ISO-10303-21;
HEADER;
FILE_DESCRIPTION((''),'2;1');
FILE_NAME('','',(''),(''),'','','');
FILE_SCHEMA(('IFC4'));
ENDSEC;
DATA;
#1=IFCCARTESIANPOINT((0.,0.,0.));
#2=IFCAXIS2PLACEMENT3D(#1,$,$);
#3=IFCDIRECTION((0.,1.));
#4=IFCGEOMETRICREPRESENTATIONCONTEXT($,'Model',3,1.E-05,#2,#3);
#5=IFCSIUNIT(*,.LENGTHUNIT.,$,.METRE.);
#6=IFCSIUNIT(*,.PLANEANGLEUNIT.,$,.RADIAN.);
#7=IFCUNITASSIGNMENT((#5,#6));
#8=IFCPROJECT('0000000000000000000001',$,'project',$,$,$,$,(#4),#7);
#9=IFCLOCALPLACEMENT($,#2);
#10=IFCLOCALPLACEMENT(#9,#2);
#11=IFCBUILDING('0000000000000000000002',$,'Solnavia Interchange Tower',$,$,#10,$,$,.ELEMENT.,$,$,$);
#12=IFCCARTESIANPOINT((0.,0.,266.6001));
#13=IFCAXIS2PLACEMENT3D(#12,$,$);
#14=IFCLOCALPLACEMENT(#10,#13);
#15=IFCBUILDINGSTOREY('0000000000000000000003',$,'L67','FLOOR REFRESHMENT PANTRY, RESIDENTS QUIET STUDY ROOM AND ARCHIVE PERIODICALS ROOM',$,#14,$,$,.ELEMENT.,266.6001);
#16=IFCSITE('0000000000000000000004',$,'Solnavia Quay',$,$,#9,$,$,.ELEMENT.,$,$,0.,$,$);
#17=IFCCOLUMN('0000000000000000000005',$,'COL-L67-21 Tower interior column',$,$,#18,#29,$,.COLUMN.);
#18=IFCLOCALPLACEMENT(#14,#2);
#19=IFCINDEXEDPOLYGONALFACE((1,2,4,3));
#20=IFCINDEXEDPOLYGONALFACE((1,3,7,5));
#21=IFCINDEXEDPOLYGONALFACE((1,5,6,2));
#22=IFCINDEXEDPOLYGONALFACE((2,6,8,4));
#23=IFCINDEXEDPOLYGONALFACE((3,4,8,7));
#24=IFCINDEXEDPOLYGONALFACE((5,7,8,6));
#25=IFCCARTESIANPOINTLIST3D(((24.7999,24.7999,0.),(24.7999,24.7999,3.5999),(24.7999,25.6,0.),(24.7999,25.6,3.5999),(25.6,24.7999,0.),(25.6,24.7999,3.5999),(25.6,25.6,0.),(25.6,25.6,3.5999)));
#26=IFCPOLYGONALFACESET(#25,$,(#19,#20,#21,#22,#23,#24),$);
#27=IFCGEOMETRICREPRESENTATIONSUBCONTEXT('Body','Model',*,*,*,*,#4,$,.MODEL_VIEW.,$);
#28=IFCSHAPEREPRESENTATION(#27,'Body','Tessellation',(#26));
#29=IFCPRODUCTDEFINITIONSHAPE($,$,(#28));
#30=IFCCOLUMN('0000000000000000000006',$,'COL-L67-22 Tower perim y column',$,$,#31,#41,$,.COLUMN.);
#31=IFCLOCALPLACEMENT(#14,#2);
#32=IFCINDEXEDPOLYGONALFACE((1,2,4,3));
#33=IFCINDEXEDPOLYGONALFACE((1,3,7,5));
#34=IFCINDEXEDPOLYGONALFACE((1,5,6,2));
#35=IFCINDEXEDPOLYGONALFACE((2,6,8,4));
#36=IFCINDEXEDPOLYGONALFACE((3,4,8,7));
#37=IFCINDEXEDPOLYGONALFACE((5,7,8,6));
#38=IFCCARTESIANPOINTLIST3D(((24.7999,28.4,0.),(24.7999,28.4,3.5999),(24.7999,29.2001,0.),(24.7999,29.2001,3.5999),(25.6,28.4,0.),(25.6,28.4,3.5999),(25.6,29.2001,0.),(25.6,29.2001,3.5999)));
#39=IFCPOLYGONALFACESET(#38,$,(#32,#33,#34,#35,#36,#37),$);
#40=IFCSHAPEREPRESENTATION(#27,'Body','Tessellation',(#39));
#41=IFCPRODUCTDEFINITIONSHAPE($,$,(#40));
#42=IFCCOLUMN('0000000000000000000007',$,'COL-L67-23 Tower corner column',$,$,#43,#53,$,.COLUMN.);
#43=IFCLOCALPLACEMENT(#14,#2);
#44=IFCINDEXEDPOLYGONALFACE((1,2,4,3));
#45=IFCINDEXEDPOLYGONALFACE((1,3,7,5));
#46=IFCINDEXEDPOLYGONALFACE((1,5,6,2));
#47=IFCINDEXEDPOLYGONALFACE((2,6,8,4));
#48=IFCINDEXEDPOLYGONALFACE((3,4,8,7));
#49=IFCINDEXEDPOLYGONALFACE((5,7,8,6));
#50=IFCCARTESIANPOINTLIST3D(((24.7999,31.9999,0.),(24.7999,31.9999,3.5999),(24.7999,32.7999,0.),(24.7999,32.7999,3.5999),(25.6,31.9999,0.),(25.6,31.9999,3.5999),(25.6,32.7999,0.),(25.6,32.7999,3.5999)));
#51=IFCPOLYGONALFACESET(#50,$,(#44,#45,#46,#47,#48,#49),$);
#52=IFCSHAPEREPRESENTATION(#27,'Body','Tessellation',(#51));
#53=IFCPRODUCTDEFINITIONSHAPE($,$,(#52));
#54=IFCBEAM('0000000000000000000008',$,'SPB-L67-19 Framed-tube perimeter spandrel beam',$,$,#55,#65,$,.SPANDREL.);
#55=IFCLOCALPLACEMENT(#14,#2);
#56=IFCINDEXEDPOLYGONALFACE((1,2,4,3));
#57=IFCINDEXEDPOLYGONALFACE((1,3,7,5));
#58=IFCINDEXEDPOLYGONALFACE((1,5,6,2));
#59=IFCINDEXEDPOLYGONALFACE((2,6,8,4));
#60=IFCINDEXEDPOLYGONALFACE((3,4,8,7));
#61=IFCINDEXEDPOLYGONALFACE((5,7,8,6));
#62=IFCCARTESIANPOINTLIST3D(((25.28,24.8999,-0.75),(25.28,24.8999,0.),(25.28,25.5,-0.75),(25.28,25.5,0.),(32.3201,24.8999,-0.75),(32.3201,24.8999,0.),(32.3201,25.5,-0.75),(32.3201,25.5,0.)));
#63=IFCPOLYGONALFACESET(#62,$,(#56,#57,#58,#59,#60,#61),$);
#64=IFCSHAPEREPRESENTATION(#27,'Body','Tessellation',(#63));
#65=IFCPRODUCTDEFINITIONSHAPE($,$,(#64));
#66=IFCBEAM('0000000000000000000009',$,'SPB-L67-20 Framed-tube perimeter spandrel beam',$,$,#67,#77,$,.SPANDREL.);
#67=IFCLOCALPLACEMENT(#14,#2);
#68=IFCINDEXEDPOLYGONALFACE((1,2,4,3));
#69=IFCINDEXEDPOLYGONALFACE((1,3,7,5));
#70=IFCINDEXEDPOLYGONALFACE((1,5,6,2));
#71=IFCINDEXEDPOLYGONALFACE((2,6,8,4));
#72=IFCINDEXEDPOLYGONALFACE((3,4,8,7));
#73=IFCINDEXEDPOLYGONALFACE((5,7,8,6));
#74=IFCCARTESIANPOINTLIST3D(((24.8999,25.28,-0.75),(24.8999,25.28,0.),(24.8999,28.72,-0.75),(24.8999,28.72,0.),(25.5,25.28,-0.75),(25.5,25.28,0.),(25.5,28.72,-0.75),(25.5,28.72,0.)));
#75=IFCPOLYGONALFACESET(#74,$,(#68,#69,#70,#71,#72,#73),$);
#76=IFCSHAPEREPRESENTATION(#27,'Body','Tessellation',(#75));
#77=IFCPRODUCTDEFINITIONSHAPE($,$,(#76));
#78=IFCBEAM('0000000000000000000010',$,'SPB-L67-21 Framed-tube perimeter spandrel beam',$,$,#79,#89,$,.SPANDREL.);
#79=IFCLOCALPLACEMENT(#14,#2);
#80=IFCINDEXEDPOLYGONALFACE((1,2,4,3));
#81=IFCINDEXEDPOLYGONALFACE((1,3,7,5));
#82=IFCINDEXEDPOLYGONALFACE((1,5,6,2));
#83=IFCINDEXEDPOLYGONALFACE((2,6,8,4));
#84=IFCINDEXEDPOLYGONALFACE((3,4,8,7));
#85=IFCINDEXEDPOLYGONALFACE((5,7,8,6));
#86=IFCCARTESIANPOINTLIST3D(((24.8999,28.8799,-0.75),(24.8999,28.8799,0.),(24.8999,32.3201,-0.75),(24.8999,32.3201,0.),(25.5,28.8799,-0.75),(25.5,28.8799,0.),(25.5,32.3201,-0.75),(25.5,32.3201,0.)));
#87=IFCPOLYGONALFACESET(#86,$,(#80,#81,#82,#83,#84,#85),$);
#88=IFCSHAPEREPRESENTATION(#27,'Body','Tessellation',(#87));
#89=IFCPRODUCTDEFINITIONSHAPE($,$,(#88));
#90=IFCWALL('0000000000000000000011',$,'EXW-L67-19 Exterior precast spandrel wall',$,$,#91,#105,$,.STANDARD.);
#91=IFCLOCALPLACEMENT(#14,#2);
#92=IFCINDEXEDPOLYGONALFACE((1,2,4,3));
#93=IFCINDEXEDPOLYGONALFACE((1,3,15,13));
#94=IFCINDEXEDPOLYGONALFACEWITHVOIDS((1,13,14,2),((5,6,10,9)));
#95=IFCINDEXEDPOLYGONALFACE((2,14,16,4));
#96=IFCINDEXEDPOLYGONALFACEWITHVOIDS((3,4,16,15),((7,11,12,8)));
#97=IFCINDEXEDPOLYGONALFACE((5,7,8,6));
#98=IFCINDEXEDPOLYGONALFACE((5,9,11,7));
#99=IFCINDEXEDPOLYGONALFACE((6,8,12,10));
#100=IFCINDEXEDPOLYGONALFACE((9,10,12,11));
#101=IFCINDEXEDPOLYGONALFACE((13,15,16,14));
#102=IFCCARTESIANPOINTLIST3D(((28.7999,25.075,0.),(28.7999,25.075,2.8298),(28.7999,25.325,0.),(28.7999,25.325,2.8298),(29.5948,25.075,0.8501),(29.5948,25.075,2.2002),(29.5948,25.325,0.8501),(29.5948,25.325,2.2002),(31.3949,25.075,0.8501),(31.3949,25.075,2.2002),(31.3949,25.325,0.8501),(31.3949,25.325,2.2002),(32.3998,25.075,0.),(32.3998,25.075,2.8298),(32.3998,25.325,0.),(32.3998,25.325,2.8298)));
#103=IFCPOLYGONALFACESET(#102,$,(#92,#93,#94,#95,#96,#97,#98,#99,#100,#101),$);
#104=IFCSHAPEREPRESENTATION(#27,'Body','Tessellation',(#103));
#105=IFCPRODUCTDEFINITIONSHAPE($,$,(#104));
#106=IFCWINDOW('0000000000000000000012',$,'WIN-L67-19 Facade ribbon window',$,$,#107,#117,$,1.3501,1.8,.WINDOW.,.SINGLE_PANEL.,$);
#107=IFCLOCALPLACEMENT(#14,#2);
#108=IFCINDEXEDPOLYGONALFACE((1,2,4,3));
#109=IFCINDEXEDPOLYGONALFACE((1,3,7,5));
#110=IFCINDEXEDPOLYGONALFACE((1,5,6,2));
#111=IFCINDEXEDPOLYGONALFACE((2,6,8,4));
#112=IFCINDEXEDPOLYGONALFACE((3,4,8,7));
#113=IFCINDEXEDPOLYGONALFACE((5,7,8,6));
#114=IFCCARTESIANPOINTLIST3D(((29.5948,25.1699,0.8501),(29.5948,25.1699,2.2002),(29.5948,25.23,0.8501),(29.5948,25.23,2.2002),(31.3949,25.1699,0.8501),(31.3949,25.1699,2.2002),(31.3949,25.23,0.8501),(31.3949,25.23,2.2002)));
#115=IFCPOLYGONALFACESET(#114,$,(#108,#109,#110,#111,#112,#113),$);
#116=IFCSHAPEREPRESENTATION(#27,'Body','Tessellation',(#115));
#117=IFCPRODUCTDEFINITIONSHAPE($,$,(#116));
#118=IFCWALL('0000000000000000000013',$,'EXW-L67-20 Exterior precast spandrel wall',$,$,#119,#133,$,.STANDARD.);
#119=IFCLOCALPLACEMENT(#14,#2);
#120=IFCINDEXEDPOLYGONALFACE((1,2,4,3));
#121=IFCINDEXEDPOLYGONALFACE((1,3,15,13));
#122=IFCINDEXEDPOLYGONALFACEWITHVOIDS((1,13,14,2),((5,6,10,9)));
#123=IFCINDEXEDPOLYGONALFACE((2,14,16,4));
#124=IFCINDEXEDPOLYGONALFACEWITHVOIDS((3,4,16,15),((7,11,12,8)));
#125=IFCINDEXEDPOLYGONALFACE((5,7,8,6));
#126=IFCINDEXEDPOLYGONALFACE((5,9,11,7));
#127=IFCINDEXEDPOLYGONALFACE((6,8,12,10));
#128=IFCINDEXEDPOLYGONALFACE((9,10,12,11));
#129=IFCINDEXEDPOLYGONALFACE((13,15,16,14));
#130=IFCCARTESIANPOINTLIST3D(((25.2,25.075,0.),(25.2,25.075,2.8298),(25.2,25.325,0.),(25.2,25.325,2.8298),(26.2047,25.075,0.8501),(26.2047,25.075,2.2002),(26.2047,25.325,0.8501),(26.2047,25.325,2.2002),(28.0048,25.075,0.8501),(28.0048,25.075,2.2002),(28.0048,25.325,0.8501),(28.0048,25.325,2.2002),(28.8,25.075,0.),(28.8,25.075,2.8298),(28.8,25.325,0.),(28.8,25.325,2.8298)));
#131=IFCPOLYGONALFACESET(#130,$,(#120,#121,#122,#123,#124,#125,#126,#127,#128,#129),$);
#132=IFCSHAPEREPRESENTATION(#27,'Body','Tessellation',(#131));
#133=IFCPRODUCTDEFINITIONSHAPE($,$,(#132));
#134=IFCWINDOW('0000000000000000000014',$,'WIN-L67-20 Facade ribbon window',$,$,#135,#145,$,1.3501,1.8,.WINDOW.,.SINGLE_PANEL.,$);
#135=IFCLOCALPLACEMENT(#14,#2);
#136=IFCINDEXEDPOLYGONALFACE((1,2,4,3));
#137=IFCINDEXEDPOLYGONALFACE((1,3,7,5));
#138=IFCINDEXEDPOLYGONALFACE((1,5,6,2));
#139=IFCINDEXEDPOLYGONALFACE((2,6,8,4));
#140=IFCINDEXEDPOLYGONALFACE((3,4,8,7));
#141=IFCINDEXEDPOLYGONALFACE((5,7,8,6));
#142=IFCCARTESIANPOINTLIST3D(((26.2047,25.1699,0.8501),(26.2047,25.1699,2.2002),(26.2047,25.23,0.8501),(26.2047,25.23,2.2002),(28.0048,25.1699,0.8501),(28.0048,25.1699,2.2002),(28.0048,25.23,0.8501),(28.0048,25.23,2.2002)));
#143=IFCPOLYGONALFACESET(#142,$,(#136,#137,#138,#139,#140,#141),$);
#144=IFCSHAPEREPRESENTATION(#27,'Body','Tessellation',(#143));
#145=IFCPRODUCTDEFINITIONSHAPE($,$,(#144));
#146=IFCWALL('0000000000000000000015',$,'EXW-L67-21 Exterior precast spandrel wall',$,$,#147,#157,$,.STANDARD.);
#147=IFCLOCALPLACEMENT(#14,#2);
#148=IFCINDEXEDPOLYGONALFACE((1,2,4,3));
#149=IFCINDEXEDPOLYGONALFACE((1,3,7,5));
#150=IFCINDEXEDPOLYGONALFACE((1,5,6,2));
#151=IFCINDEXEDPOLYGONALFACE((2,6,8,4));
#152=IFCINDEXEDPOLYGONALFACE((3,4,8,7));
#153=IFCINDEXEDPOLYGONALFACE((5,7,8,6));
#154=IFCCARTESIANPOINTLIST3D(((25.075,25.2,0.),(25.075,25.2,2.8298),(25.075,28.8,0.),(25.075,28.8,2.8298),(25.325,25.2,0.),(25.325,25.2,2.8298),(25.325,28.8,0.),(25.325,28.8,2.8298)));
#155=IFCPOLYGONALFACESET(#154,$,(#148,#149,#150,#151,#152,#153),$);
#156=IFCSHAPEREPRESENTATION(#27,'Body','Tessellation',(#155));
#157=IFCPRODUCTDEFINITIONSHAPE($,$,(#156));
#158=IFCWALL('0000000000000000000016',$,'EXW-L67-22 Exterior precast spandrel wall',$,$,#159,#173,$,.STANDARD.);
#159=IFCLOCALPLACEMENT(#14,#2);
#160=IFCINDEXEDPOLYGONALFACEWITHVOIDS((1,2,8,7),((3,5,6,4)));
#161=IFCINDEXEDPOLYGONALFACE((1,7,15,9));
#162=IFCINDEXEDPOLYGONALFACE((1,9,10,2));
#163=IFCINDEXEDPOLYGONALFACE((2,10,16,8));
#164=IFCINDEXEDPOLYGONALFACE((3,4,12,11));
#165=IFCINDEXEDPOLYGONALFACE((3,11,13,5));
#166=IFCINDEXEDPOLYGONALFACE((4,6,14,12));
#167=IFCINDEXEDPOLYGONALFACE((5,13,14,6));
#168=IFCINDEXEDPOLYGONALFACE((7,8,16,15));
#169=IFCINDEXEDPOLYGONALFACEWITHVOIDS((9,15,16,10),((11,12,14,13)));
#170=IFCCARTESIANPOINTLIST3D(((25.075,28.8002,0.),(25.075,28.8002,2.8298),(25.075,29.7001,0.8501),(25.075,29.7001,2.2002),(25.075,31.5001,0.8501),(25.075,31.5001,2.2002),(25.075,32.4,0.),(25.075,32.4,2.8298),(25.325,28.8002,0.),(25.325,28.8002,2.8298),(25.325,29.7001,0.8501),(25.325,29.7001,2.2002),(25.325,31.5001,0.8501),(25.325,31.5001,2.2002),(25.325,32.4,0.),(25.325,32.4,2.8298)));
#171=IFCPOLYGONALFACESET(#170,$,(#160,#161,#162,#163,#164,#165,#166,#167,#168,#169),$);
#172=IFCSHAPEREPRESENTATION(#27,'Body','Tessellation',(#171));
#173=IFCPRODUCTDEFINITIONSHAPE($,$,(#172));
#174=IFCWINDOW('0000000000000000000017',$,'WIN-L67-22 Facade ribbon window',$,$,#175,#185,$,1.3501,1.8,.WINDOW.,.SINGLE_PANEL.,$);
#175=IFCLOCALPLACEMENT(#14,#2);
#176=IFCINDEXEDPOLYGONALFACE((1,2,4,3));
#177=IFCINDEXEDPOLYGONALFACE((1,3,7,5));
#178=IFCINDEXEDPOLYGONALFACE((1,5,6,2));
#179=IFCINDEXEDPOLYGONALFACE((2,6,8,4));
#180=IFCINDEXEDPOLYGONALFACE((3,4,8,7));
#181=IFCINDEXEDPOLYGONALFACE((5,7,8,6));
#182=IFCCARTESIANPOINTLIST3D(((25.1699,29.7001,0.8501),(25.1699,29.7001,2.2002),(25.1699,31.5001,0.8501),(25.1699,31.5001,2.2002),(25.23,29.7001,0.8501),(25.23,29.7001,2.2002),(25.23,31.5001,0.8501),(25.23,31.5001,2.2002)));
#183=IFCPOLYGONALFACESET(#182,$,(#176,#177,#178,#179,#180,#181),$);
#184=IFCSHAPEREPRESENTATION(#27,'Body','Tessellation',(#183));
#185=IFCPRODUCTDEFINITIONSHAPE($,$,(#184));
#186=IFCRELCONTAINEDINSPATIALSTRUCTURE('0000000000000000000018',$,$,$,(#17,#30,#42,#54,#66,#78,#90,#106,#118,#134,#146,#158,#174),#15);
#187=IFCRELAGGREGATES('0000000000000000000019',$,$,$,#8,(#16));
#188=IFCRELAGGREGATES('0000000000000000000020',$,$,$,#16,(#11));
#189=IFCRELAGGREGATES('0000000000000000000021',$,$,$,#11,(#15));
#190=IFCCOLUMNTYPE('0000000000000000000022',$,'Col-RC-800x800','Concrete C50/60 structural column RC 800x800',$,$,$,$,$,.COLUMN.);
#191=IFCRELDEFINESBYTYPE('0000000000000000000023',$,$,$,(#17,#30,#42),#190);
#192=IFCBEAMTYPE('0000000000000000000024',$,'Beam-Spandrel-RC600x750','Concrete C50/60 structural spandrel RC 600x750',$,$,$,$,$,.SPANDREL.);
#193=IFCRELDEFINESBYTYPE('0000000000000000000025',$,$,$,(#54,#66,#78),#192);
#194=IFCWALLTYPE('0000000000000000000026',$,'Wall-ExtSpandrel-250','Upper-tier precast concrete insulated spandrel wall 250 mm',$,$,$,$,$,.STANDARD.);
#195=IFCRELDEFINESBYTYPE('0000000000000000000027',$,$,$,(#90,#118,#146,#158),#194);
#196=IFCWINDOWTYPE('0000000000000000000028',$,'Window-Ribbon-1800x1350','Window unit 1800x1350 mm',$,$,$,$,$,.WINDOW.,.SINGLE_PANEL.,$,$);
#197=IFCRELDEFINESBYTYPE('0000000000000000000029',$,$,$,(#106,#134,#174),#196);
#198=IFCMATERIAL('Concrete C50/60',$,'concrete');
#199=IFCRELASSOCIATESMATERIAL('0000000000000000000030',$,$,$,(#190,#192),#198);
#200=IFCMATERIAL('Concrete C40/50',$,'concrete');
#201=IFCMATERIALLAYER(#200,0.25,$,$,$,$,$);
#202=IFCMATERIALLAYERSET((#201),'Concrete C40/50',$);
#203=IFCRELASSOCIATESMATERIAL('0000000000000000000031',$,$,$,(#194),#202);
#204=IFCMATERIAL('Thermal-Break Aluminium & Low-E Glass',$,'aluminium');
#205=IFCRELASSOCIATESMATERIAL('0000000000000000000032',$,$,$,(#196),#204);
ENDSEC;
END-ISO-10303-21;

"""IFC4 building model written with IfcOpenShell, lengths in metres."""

from ifc_helpers import new_model, si_unit, direction, frame, frame_2d, origin, origin_2d, place, context, subcontext, project, spatial, rectangle, extrude, material, layer, layer_set, material_profile, profile_set, type_object, element, fill, save


model = new_model("IFC4")

# Units and contexts
model_context = context("Model", 3, precision=1e-05, world=origin(), true_north=direction((0.0, 1.0)))
body_context = subcontext(model_context, "Body", "Model", "MODEL_VIEW")
ifc_project = project(units=[si_unit("LENGTHUNIT", "METRE"), si_unit("PLANEANGLEUNIT", "RADIAN")], contexts=[model_context])

# Site, building, storey
site_placement = place(None, origin())
site = spatial("IfcSite", under=ifc_project, at=site_placement, Name="Solnavia Quay", CompositionType="ELEMENT", RefElevation=0.0)
building_placement = place(site_placement, origin())
building = spatial("IfcBuilding", under=site, at=building_placement, Name="Solnavia Interchange Tower", CompositionType="ELEMENT")
storey_placement = place(building_placement, frame((0.0, 0.0, 266.6001)))
storey = spatial("IfcBuildingStorey", under=building, at=storey_placement, Name="L67", Description="FLOOR REFRESHMENT PANTRY, RESIDENTS QUIET STUDY ROOM AND ARCHIVE PERIODICALS ROOM", CompositionType="ELEMENT", Elevation=266.6001)

# Columns
ifc_material_1 = material(Name="Concrete C50/60", Category="concrete")
ifc_material_profile_1 = material_profile(ifc_material_1, rectangle(XDim=0.8, YDim=0.8, at=origin_2d()), Name="RC 800x800")
ifc_profile_set_1 = profile_set([ifc_material_profile_1], Name="Concrete C50/60")
column_type = type_object("IfcColumnType", Name="Col-RC-800x800", Description="Concrete C50/60 structural column RC 800x800", PredefinedType="COLUMN", material=ifc_profile_set_1)
for number, where, z_axis, x_axis, name in (
    (1, (25.2, 25.2, 0.0), (0.0, 0.0, 1.0), (1.0, 0.0, 0.0), "COL-L67-21 Tower interior column"),
    (2, (25.2, 28.8, 0.0), (0.0, 0.0, 1.0), (0.0, 1.0, 0.0), "COL-L67-22 Tower perim y column"),
    (3, (25.2, 32.3999, 0.0), (0.0, 0.0, 1.0), (0.0, 1.0, 0.0), "COL-L67-23 Tower corner column"),
):
    element("IfcColumn", number, at=place(storey_placement, frame(where, z_axis=z_axis, x_axis=x_axis)), inside=storey, type_object=column_type, Name=name, PredefinedType="COLUMN", context=body_context, shape_type="SweptSolid", body=[
        extrude(rectangle(XDim=0.8, YDim=0.8, at=origin_2d()), origin(), (0.0, 0.0, 1.0), 3.5999),
    ])

# Beams
ifc_material_profile_2 = material_profile(ifc_material_1, rectangle(XDim=0.6001, YDim=0.75, at=origin_2d()), Name="RC 600x750")
ifc_profile_set_2 = profile_set([ifc_material_profile_2], Name="Concrete C50/60")
beam_type = type_object("IfcBeamType", Name="Beam-Spandrel-RC600x750", Description="Concrete C50/60 structural spandrel RC 600x750", PredefinedType="SPANDREL", material=ifc_profile_set_2)
beam_1_placement = place(storey_placement, frame((32.3201, 25.2, -0.375), z_axis=(-1.0, 0.0, 0.0), x_axis=(0.0, -1.0, 0.0)))
element("IfcBeam", 4, at=beam_1_placement, inside=storey, type_object=beam_type, Name="SPB-L67-19 Framed-tube perimeter spandrel beam", PredefinedType="SPANDREL", context=body_context, shape_type="SweptSolid", body=[
    extrude(rectangle(XDim=0.6001, YDim=0.75, at=origin_2d()), origin(), (0.0, 0.0, 1.0), 7.04),
])
beam_2_placement = place(storey_placement, frame((25.2, 25.28, -0.375), z_axis=(0.0, 1.0, 0.0), x_axis=(-1.0, 0.0, 0.0)))
element("IfcBeam", 5, at=beam_2_placement, inside=storey, type_object=beam_type, Name="SPB-L67-20 Framed-tube perimeter spandrel beam", PredefinedType="SPANDREL", context=body_context, shape_type="SweptSolid", body=[
    extrude(rectangle(XDim=0.6001, YDim=0.75, at=origin_2d()), origin(), (0.0, 0.0, 1.0), 3.4399),
])
beam_3_placement = place(storey_placement, frame((25.2, 28.8799, -0.375), z_axis=(0.0, 1.0, 0.0), x_axis=(-1.0, 0.0, 0.0)))
element("IfcBeam", 6, at=beam_3_placement, inside=storey, type_object=beam_type, Name="SPB-L67-21 Framed-tube perimeter spandrel beam", PredefinedType="SPANDREL", context=body_context, shape_type="SweptSolid", body=[
    extrude(rectangle(XDim=0.6001, YDim=0.75, at=origin_2d()), origin(), (0.0, 0.0, 1.0), 3.4402),
])

# Walls, openings, windows
ifc_material_2 = material(Name="Concrete C40/50", Category="concrete")
ifc_layer_1 = layer(ifc_material_2, 0.25)
ifc_layer_set_1 = layer_set([ifc_layer_1], Name="Concrete C40/50")
wall_type = type_object("IfcWallType", Name="Wall-ExtSpandrel-250", Description="Upper-tier precast concrete insulated spandrel wall 250 mm", PredefinedType="STANDARD", material=ifc_layer_set_1)
wall_1_placement = place(storey_placement, frame((28.8, 25.2, 0.0), z_axis=(0.0, 0.0, 1.0), x_axis=(1.0, 0.0, 0.0)))
wall_1 = element("IfcWall", 7, at=wall_1_placement, inside=storey, type_object=wall_type, Name="EXW-L67-19 Exterior precast spandrel wall", PredefinedType="STANDARD", context=body_context, shape_type="SweptSolid", body=[
    extrude(rectangle(XDim=3.5999, YDim=0.25, at=frame_2d((1.7998, 0.0))), origin(), (0.0, 0.0, 1.0), 2.8298),
])
opening_1_placement = place(wall_1_placement, frame((0.7949, 0.0, 0.8501)))
opening_1 = element("IfcOpeningElement", 8, at=opening_1_placement, cuts=wall_1, PredefinedType="OPENING", context=body_context, shape_type="SweptSolid", body=[
    extrude(rectangle(XDim=1.8, YDim=1.3501, at=frame_2d((0.8999, 0.675))), frame((0.0, 0.135, 0.0), z_axis=(0.0, -1.0, 0.0), x_axis=(1.0, 0.0, 0.0)), (0.0, 0.0, 1.0), 0.27),
])
ifc_material_3 = material(Name="Thermal-Break Aluminium & Low-E Glass", Category="aluminium")
window_type = type_object("IfcWindowType", Name="Window-Ribbon-1800x1350", Description="Window unit 1800x1350 mm", PartitioningType="SINGLE_PANEL", PredefinedType="WINDOW", material=ifc_material_3)
window_1_placement = place(opening_1_placement, origin())
window_1 = element("IfcWindow", 9, at=window_1_placement, inside=storey, type_object=window_type, Name="WIN-L67-19 Facade ribbon window", OverallHeight=1.3501, OverallWidth=1.8, PartitioningType="SINGLE_PANEL", PredefinedType="WINDOW", context=body_context, shape_type="SweptSolid", body=[
    extrude(rectangle(XDim=1.8, YDim=1.3501, at=frame_2d((0.8999, 0.675))), frame((0.0, 0.03, 0.0), z_axis=(0.0, -1.0, 0.0), x_axis=(1.0, 0.0, 0.0)), (0.0, 0.0, 1.0), 0.0601),
])
fill(opening_1, window_1)
wall_2_placement = place(storey_placement, frame((25.2, 25.2, 0.0), z_axis=(0.0, 0.0, 1.0), x_axis=(1.0, 0.0, 0.0)))
wall_2 = element("IfcWall", 10, at=wall_2_placement, inside=storey, type_object=wall_type, Name="EXW-L67-20 Exterior precast spandrel wall", PredefinedType="STANDARD", context=body_context, shape_type="SweptSolid", body=[
    extrude(rectangle(XDim=3.6001, YDim=0.25, at=frame_2d((1.8, 0.0))), origin(), (0.0, 0.0, 1.0), 2.8298),
])
opening_2_placement = place(wall_2_placement, frame((1.0049, 0.0, 0.8501)))
opening_2 = element("IfcOpeningElement", 11, at=opening_2_placement, cuts=wall_2, PredefinedType="OPENING", context=body_context, shape_type="SweptSolid", body=[
    extrude(rectangle(XDim=1.8, YDim=1.3501, at=frame_2d((0.8999, 0.675))), frame((0.0, 0.135, 0.0), z_axis=(0.0, -1.0, 0.0), x_axis=(1.0, 0.0, 0.0)), (0.0, 0.0, 1.0), 0.27),
])
window_2_placement = place(opening_2_placement, origin())
window_2 = element("IfcWindow", 12, at=window_2_placement, inside=storey, type_object=window_type, Name="WIN-L67-20 Facade ribbon window", OverallHeight=1.3501, OverallWidth=1.8, PartitioningType="SINGLE_PANEL", PredefinedType="WINDOW", context=body_context, shape_type="SweptSolid", body=[
    extrude(rectangle(XDim=1.8, YDim=1.3501, at=frame_2d((0.8999, 0.675))), frame((0.0, 0.03, 0.0), z_axis=(0.0, -1.0, 0.0), x_axis=(1.0, 0.0, 0.0)), (0.0, 0.0, 1.0), 0.0601),
])
fill(opening_2, window_2)

# Wall
wall_3_placement = place(storey_placement, frame((25.2, 28.8, 0.0), z_axis=(0.0, 0.0, 1.0), x_axis=(0.0, -1.0, 0.0)))
element("IfcWall", 13, at=wall_3_placement, inside=storey, type_object=wall_type, Name="EXW-L67-21 Exterior precast spandrel wall", PredefinedType="STANDARD", context=body_context, shape_type="SweptSolid", body=[
    extrude(rectangle(XDim=3.6001, YDim=0.25, at=frame_2d((1.8, 0.0))), origin(), (0.0, 0.0, 1.0), 2.8298),
])

# Wall, opening, window
wall_4_placement = place(storey_placement, frame((25.2, 32.3999, 0.0), z_axis=(0.0, 0.0, 1.0), x_axis=(0.0, -1.0, 0.0)))
wall_4 = element("IfcWall", 14, at=wall_4_placement, inside=storey, type_object=wall_type, Name="EXW-L67-22 Exterior precast spandrel wall", PredefinedType="STANDARD", context=body_context, shape_type="SweptSolid", body=[
    extrude(rectangle(XDim=3.5999, YDim=0.25, at=frame_2d((1.7998, 0.0))), origin(), (0.0, 0.0, 1.0), 2.8298),
])
opening_3_placement = place(wall_4_placement, frame((0.8999, 0.0, 0.8501)))
opening_3 = element("IfcOpeningElement", 15, at=opening_3_placement, cuts=wall_4, PredefinedType="OPENING", context=body_context, shape_type="SweptSolid", body=[
    extrude(rectangle(XDim=1.8, YDim=1.3501, at=frame_2d((0.8999, 0.675))), frame((0.0, 0.135, 0.0), z_axis=(0.0, -1.0, 0.0), x_axis=(1.0, 0.0, 0.0)), (0.0, 0.0, 1.0), 0.27),
])
window_3_placement = place(opening_3_placement, origin())
window_3 = element("IfcWindow", 16, at=window_3_placement, inside=storey, type_object=window_type, Name="WIN-L67-22 Facade ribbon window", OverallHeight=1.3501, OverallWidth=1.8, PartitioningType="SINGLE_PANEL", PredefinedType="WINDOW", context=body_context, shape_type="SweptSolid", body=[
    extrude(rectangle(XDim=1.8, YDim=1.3501, at=frame_2d((0.8999, 0.675))), frame((0.0, 0.03, 0.0), z_axis=(0.0, -1.0, 0.0), x_axis=(1.0, 0.0, 0.0)), (0.0, 0.0, 1.0), 0.0601),
])
fill(opening_3, window_3)

save(model, "model.ifc")
